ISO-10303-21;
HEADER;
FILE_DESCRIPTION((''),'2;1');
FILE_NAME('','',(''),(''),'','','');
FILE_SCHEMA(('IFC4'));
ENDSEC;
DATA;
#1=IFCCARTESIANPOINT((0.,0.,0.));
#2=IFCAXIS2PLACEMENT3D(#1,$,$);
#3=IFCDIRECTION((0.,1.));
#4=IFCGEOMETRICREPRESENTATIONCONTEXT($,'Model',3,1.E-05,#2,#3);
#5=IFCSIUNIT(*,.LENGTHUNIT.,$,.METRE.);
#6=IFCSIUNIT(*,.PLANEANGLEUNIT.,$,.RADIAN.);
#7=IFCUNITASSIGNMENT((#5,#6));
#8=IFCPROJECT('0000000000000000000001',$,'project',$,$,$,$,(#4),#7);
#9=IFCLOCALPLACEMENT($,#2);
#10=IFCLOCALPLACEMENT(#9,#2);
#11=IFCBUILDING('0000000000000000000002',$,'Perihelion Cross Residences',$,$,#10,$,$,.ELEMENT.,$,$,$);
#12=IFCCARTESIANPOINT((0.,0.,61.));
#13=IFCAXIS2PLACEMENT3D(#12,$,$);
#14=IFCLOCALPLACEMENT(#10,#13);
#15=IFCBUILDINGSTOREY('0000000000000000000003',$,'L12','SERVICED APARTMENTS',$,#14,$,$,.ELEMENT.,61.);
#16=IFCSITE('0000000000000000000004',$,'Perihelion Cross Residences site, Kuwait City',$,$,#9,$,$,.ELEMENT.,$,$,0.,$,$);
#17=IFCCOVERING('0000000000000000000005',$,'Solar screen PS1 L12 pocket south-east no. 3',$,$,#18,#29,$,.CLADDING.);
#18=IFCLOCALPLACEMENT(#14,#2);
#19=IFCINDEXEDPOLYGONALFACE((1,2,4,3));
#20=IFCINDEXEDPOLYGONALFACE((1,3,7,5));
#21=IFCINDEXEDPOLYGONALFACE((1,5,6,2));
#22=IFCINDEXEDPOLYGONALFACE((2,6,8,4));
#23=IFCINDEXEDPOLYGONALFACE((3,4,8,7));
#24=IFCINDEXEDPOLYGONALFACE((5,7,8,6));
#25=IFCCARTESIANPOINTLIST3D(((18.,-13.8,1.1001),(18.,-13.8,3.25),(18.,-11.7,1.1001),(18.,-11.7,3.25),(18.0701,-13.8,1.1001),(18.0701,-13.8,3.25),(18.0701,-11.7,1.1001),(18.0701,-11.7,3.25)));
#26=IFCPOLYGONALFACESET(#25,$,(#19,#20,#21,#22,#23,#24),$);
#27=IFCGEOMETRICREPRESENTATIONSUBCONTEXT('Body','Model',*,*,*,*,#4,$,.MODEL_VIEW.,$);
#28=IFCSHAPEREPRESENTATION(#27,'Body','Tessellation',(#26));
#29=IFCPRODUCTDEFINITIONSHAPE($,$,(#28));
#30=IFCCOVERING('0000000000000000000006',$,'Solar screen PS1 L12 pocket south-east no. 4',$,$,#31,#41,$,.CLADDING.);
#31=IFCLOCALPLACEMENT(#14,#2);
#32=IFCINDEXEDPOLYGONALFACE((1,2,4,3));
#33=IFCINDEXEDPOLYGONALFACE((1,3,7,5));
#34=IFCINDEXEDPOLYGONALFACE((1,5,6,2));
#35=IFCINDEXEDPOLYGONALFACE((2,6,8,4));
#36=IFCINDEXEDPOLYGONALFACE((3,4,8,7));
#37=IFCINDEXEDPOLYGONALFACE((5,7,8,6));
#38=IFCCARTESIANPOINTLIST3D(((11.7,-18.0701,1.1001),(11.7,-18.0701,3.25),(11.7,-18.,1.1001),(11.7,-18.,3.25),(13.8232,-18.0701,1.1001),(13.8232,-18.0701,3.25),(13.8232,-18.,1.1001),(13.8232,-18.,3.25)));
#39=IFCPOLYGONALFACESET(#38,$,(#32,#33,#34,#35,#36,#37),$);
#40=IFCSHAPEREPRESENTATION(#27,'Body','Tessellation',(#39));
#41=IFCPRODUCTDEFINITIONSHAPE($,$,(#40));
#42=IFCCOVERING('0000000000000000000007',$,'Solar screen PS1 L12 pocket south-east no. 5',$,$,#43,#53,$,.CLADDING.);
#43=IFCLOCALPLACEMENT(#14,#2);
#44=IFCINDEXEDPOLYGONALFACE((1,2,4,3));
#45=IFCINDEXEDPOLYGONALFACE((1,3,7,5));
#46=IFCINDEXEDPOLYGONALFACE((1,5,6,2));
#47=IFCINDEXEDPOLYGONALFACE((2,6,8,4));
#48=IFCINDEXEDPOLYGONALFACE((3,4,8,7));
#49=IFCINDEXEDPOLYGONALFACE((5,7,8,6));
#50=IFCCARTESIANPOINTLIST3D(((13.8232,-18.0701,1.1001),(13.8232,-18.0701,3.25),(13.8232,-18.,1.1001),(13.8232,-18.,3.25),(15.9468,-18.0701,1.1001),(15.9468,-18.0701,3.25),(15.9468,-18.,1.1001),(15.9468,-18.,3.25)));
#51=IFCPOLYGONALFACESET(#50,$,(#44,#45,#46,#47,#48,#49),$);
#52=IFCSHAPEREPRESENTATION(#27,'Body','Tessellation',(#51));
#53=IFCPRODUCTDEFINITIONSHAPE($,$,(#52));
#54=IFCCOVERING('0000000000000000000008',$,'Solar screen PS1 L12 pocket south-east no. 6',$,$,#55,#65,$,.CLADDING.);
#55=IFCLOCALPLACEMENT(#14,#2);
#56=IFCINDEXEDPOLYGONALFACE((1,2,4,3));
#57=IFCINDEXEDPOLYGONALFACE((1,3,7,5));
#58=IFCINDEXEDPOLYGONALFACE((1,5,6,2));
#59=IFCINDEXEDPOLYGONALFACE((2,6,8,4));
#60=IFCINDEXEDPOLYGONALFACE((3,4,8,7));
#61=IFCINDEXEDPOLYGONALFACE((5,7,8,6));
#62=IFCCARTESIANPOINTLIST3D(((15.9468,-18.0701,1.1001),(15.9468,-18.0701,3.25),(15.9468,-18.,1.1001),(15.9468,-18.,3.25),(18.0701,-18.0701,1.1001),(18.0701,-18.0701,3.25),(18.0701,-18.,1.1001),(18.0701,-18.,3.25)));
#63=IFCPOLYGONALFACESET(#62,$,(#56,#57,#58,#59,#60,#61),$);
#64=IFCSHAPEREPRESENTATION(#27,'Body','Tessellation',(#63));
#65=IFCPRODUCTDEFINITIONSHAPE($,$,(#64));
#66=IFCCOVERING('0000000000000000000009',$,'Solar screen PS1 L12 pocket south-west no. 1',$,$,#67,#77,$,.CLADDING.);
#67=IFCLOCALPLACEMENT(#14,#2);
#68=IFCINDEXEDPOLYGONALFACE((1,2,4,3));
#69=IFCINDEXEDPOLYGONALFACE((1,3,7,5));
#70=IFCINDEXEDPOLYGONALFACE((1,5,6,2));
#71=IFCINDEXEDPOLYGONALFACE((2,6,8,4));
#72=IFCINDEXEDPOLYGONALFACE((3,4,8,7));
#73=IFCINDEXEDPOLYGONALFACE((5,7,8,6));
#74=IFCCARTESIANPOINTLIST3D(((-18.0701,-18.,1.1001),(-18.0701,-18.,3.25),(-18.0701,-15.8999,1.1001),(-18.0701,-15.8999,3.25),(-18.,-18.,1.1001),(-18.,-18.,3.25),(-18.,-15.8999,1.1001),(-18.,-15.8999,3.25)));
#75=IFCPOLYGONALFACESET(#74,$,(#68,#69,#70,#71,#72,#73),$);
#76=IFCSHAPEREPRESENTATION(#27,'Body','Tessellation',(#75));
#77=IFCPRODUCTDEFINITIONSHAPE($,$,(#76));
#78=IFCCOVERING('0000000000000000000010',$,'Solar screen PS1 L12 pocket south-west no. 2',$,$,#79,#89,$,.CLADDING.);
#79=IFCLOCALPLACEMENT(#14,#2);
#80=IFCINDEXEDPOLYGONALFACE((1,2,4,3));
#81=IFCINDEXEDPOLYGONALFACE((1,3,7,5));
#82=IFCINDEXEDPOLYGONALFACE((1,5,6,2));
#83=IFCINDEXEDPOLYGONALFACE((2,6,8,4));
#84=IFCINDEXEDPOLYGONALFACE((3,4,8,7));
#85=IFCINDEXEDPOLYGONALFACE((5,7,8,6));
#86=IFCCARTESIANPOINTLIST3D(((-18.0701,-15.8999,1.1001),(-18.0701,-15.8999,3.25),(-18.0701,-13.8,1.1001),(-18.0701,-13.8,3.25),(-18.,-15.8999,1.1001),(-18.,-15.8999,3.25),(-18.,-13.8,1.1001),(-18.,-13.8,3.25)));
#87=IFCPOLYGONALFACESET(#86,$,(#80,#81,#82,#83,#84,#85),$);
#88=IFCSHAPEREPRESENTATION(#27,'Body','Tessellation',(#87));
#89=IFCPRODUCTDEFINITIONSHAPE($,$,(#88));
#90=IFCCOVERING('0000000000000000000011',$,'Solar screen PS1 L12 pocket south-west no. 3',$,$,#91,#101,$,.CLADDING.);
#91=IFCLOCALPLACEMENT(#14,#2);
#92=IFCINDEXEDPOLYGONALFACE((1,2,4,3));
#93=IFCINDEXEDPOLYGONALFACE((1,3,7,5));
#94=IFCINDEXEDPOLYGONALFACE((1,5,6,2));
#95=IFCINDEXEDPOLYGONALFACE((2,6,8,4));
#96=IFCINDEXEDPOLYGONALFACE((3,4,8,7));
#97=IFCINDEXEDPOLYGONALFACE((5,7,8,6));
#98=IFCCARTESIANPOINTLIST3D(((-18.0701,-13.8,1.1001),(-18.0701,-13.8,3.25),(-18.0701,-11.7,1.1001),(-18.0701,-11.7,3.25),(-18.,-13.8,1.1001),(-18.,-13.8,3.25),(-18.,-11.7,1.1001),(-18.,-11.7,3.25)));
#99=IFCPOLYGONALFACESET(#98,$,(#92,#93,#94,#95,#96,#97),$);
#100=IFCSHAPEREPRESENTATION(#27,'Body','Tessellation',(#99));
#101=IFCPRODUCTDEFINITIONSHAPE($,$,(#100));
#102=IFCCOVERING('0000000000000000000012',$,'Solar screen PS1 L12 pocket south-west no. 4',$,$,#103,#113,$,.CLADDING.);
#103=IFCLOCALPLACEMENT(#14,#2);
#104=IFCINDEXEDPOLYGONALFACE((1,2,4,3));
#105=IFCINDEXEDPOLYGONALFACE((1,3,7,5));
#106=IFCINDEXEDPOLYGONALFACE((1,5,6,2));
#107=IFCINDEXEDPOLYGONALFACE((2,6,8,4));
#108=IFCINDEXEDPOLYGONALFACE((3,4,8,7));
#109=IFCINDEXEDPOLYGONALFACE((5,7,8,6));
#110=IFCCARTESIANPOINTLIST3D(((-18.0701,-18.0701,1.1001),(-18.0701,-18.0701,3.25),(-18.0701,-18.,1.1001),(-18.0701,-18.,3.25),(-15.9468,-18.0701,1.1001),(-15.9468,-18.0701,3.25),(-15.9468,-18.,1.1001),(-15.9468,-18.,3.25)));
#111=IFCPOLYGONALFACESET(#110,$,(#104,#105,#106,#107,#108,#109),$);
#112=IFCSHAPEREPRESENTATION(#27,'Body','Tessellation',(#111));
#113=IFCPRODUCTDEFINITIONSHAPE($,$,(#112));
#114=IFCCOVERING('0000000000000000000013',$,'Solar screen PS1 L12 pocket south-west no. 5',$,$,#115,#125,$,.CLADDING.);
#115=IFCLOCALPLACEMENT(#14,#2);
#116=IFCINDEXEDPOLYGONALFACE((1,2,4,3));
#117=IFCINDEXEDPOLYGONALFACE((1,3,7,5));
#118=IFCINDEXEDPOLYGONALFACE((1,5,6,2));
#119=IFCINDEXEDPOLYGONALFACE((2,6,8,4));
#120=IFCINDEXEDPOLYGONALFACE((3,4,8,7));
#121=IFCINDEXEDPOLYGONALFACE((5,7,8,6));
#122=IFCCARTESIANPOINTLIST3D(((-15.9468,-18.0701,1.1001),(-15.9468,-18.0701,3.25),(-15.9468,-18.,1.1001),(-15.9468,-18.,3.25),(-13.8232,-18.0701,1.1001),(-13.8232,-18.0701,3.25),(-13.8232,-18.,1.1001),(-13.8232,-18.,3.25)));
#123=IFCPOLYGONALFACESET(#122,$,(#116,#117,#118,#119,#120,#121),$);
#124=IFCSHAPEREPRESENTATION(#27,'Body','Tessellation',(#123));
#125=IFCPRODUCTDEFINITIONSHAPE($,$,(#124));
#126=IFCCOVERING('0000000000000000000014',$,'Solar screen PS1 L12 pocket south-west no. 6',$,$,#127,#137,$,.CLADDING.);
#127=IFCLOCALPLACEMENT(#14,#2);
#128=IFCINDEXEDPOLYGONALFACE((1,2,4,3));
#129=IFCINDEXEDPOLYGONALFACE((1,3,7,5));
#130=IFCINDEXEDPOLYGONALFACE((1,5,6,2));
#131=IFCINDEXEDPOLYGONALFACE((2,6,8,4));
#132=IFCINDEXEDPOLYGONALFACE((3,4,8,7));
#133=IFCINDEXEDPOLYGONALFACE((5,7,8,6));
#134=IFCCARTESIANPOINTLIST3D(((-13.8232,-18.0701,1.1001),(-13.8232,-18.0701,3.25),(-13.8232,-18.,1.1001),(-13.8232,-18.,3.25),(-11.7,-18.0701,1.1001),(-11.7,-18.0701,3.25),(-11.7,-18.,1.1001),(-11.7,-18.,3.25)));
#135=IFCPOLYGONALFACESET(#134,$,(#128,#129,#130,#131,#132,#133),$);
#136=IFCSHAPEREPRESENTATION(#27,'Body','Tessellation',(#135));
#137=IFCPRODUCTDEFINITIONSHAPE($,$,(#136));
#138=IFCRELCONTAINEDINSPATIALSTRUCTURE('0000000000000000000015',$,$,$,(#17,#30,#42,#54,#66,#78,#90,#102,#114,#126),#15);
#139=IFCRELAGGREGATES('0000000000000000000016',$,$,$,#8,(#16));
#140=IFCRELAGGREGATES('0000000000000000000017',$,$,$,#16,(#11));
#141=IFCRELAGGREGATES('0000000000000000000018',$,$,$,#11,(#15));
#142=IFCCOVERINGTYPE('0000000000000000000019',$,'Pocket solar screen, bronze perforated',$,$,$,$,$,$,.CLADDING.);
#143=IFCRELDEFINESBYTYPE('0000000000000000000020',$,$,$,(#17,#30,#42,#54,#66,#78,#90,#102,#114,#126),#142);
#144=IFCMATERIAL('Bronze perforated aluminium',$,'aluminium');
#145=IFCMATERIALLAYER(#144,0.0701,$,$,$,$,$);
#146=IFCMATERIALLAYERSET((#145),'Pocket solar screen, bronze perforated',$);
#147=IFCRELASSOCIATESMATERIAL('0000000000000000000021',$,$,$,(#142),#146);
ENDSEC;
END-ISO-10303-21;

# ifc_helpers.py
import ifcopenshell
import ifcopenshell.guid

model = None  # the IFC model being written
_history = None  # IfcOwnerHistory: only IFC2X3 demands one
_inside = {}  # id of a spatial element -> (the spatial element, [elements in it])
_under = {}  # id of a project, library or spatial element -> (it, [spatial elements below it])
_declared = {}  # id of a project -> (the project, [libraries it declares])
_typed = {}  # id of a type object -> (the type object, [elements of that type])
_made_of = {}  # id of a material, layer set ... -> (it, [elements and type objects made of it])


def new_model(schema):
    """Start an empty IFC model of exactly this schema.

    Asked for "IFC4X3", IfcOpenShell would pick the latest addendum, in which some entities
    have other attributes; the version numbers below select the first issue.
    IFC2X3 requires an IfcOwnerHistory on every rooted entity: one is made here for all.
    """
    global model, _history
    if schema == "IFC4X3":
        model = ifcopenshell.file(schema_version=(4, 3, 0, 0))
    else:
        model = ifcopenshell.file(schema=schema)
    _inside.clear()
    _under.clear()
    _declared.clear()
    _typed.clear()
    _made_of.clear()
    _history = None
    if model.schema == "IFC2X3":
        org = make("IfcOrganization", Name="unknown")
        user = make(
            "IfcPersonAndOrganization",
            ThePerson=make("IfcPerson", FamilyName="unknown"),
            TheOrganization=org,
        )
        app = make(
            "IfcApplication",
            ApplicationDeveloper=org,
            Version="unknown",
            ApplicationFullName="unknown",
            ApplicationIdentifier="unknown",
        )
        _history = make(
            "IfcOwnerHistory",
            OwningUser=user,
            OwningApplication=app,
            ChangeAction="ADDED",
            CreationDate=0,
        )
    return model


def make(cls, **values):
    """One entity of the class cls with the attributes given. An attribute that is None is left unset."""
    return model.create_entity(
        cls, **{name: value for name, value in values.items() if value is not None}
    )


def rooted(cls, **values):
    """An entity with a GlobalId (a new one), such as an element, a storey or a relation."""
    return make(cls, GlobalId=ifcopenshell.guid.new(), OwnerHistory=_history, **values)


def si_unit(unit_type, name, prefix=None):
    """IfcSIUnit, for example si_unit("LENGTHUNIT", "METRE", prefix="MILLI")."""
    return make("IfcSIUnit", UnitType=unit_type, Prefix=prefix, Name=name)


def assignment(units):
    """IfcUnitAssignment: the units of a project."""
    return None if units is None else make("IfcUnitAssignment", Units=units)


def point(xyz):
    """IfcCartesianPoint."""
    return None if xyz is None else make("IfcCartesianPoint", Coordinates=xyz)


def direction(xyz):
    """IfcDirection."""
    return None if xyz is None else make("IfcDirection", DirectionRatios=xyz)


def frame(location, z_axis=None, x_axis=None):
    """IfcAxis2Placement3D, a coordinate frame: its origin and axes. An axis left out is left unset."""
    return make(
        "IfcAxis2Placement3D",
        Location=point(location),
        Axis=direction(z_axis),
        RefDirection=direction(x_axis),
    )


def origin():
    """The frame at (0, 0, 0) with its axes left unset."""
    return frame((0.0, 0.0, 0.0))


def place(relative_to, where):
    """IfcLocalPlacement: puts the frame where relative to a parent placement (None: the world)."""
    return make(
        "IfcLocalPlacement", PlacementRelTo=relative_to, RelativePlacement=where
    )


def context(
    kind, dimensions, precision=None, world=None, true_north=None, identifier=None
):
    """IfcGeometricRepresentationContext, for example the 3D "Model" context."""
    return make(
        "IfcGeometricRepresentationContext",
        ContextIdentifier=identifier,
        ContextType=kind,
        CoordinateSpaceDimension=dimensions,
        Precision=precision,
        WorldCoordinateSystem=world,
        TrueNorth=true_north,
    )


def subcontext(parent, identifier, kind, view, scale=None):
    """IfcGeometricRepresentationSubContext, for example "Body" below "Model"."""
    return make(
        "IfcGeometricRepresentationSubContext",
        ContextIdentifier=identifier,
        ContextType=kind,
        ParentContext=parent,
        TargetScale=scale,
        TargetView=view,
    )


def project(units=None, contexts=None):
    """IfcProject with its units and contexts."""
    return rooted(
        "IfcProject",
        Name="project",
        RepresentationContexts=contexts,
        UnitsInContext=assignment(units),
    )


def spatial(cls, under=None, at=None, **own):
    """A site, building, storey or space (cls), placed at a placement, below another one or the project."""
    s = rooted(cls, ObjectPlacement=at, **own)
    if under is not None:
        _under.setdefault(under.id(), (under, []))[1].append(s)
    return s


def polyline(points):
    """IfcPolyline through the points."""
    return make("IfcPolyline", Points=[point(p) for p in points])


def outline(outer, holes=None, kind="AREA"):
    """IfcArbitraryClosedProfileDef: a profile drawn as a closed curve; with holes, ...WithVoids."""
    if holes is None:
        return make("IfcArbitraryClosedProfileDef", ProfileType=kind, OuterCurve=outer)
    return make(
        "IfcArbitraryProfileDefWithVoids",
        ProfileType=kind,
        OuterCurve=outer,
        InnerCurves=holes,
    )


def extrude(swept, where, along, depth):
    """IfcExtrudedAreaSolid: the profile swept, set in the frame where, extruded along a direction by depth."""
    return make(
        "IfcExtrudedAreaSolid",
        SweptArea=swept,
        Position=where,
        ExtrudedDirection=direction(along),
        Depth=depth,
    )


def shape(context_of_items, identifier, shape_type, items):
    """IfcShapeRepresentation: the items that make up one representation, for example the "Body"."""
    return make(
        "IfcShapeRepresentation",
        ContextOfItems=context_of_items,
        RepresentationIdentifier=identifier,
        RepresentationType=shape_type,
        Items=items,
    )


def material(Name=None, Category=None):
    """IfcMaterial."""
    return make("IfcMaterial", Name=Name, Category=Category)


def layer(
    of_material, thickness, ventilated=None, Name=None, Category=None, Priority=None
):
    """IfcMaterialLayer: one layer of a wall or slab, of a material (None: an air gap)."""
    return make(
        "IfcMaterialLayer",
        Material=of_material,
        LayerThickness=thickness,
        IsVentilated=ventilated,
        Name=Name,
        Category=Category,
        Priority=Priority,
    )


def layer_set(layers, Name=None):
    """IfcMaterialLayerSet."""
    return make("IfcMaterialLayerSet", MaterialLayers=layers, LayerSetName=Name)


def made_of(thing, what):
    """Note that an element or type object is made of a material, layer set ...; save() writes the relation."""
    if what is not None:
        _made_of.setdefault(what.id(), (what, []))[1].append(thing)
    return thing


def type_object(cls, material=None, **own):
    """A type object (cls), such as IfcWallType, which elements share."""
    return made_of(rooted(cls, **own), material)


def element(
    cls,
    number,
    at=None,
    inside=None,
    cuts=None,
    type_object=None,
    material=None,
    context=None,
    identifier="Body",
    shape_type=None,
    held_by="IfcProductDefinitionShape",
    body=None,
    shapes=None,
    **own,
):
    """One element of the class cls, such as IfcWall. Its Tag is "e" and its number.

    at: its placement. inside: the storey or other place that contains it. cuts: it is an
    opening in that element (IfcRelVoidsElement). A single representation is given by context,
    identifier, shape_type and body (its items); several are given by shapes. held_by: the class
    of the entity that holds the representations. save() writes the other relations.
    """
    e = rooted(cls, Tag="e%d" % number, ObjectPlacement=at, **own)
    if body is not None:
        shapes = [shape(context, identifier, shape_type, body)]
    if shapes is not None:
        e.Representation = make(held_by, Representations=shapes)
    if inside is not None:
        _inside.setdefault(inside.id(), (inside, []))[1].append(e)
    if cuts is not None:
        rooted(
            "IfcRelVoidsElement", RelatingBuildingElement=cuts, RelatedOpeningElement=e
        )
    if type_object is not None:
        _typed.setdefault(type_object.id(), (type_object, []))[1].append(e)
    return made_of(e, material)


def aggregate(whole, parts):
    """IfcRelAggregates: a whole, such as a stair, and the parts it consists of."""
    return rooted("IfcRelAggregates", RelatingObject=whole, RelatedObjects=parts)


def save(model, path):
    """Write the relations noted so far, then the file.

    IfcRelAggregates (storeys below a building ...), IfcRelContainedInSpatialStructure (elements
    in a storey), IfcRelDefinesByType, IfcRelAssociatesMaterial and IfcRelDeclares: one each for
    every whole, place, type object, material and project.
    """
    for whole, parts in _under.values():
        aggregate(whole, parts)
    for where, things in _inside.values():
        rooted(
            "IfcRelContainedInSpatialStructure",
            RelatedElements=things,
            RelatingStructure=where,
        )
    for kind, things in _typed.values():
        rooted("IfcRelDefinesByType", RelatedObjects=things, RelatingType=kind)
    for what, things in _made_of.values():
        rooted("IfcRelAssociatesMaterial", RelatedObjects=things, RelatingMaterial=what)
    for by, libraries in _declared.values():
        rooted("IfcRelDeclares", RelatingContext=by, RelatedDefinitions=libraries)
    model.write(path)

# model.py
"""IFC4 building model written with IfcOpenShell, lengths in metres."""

from ifc_helpers import new_model, si_unit, direction, frame, origin, place, context, subcontext, project, spatial, polyline, outline, extrude, material, layer, layer_set, type_object, element, save


model = new_model("IFC4")

# Units and contexts
model_context = context("Model", 3, precision=1e-05, world=origin(), true_north=direction((0.0, 1.0)))
body_context = subcontext(model_context, "Body", "Model", "MODEL_VIEW")
ifc_project = project(units=[si_unit("LENGTHUNIT", "METRE"), si_unit("PLANEANGLEUNIT", "RADIAN")], contexts=[model_context])

# Site, building, storey
site_placement = place(None, origin())
site = spatial("IfcSite", under=ifc_project, at=site_placement, Name="Perihelion Cross Residences site, Kuwait City", CompositionType="ELEMENT", RefElevation=0.0)
building_placement = place(site_placement, origin())
building = spatial("IfcBuilding", under=site, at=building_placement, Name="Perihelion Cross Residences", CompositionType="ELEMENT")
storey_placement = place(building_placement, frame((0.0, 0.0, 61.0)))
storey = spatial("IfcBuildingStorey", under=building, at=storey_placement, Name="L12", Description="SERVICED APARTMENTS", CompositionType="ELEMENT", Elevation=61.0)

# Coverings
ifc_material_1 = material(Name="Bronze perforated aluminium", Category="aluminium")
ifc_layer_1 = layer(ifc_material_1, 0.0701)
ifc_layer_set_1 = layer_set([ifc_layer_1], Name="Pocket solar screen, bronze perforated")
covering_type_1 = type_object("IfcCoveringType", Name="Pocket solar screen, bronze perforated", PredefinedType="CLADDING", material=ifc_layer_set_1)
covering_1_placement = place(storey_placement, frame((0.0, 0.0, 1.1001)))
element("IfcCovering", 1, at=covering_1_placement, inside=storey, type_object=covering_type_1, Name="Solar screen PS1 L12 pocket south-east no. 3", PredefinedType="CLADDING", context=body_context, shape_type="SweptSolid", body=[
    extrude(outline(polyline([(18.0701, -13.8), (18.0701, -11.7), (18.0, -11.7), (18.0, -13.8), (18.0701, -13.8)])), origin(), (0.0, 0.0, 1.0), 2.1499),
])
covering_2_placement = place(storey_placement, frame((0.0, 0.0, 1.1001)))
element("IfcCovering", 2, at=covering_2_placement, inside=storey, type_object=covering_type_1, Name="Solar screen PS1 L12 pocket south-east no. 4", PredefinedType="CLADDING", context=body_context, shape_type="SweptSolid", body=[
    extrude(outline(polyline([(13.8232, -18.0701), (13.8232, -18.0), (11.7, -18.0), (11.7, -18.0701), (13.8232, -18.0701)])), origin(), (0.0, 0.0, 1.0), 2.1499),
])
covering_3_placement = place(storey_placement, frame((0.0, 0.0, 1.1001)))
element("IfcCovering", 3, at=covering_3_placement, inside=storey, type_object=covering_type_1, Name="Solar screen PS1 L12 pocket south-east no. 5", PredefinedType="CLADDING", context=body_context, shape_type="SweptSolid", body=[
    extrude(outline(polyline([(15.9468, -18.0701), (15.9468, -18.0), (13.8232, -18.0), (13.8232, -18.0701), (15.9468, -18.0701)])), origin(), (0.0, 0.0, 1.0), 2.1499),
])
covering_4_placement = place(storey_placement, frame((0.0, 0.0, 1.1001)))
element("IfcCovering", 4, at=covering_4_placement, inside=storey, type_object=covering_type_1, Name="Solar screen PS1 L12 pocket south-east no. 6", PredefinedType="CLADDING", context=body_context, shape_type="SweptSolid", body=[
    extrude(outline(polyline([(18.0701, -18.0701), (18.0701, -18.0), (15.9468, -18.0), (15.9468, -18.0701), (18.0701, -18.0701)])), origin(), (0.0, 0.0, 1.0), 2.1499),
])
covering_5_placement = place(storey_placement, frame((0.0, 0.0, 1.1001)))
element("IfcCovering", 5, at=covering_5_placement, inside=storey, type_object=covering_type_1, Name="Solar screen PS1 L12 pocket south-west no. 1", PredefinedType="CLADDING", context=body_context, shape_type="SweptSolid", body=[
    extrude(outline(polyline([(-18.0, -18.0), (-18.0, -15.8999), (-18.0701, -15.8999), (-18.0701, -18.0), (-18.0, -18.0)])), origin(), (0.0, 0.0, 1.0), 2.1499),
])
covering_6_placement = place(storey_placement, frame((0.0, 0.0, 1.1001)))
element("IfcCovering", 6, at=covering_6_placement, inside=storey, type_object=covering_type_1, Name="Solar screen PS1 L12 pocket south-west no. 2", PredefinedType="CLADDING", context=body_context, shape_type="SweptSolid", body=[
    extrude(outline(polyline([(-18.0, -15.8999), (-18.0, -13.8), (-18.0701, -13.8), (-18.0701, -15.8999), (-18.0, -15.8999)])), origin(), (0.0, 0.0, 1.0), 2.1499),
])
covering_7_placement = place(storey_placement, frame((0.0, 0.0, 1.1001)))
element("IfcCovering", 7, at=covering_7_placement, inside=storey, type_object=covering_type_1, Name="Solar screen PS1 L12 pocket south-west no. 3", PredefinedType="CLADDING", context=body_context, shape_type="SweptSolid", body=[
    extrude(outline(polyline([(-18.0, -13.8), (-18.0, -11.7), (-18.0701, -11.7), (-18.0701, -13.8), (-18.0, -13.8)])), origin(), (0.0, 0.0, 1.0), 2.1499),
])
covering_8_placement = place(storey_placement, frame((0.0, 0.0, 1.1001)))
element("IfcCovering", 8, at=covering_8_placement, inside=storey, type_object=covering_type_1, Name="Solar screen PS1 L12 pocket south-west no. 4", PredefinedType="CLADDING", context=body_context, shape_type="SweptSolid", body=[
    extrude(outline(polyline([(-15.9468, -18.0701), (-15.9468, -18.0), (-18.0701, -18.0), (-18.0701, -18.0701), (-15.9468, -18.0701)])), origin(), (0.0, 0.0, 1.0), 2.1499),
])
covering_9_placement = place(storey_placement, frame((0.0, 0.0, 1.1001)))
element("IfcCovering", 9, at=covering_9_placement, inside=storey, type_object=covering_type_1, Name="Solar screen PS1 L12 pocket south-west no. 5", PredefinedType="CLADDING", context=body_context, shape_type="SweptSolid", body=[
    extrude(outline(polyline([(-13.8232, -18.0701), (-13.8232, -18.0), (-15.9468, -18.0), (-15.9468, -18.0701), (-13.8232, -18.0701)])), origin(), (0.0, 0.0, 1.0), 2.1499),
])
covering_10_placement = place(storey_placement, frame((0.0, 0.0, 1.1001)))
element("IfcCovering", 10, at=covering_10_placement, inside=storey, type_object=covering_type_1, Name="Solar screen PS1 L12 pocket south-west no. 6", PredefinedType="CLADDING", context=body_context, shape_type="SweptSolid", body=[
    extrude(outline(polyline([(-11.7, -18.0701), (-11.7, -18.0), (-13.8232, -18.0), (-13.8232, -18.0701), (-11.7, -18.0701)])), origin(), (0.0, 0.0, 1.0), 2.1499),
])

save(model, "model.ifc")
